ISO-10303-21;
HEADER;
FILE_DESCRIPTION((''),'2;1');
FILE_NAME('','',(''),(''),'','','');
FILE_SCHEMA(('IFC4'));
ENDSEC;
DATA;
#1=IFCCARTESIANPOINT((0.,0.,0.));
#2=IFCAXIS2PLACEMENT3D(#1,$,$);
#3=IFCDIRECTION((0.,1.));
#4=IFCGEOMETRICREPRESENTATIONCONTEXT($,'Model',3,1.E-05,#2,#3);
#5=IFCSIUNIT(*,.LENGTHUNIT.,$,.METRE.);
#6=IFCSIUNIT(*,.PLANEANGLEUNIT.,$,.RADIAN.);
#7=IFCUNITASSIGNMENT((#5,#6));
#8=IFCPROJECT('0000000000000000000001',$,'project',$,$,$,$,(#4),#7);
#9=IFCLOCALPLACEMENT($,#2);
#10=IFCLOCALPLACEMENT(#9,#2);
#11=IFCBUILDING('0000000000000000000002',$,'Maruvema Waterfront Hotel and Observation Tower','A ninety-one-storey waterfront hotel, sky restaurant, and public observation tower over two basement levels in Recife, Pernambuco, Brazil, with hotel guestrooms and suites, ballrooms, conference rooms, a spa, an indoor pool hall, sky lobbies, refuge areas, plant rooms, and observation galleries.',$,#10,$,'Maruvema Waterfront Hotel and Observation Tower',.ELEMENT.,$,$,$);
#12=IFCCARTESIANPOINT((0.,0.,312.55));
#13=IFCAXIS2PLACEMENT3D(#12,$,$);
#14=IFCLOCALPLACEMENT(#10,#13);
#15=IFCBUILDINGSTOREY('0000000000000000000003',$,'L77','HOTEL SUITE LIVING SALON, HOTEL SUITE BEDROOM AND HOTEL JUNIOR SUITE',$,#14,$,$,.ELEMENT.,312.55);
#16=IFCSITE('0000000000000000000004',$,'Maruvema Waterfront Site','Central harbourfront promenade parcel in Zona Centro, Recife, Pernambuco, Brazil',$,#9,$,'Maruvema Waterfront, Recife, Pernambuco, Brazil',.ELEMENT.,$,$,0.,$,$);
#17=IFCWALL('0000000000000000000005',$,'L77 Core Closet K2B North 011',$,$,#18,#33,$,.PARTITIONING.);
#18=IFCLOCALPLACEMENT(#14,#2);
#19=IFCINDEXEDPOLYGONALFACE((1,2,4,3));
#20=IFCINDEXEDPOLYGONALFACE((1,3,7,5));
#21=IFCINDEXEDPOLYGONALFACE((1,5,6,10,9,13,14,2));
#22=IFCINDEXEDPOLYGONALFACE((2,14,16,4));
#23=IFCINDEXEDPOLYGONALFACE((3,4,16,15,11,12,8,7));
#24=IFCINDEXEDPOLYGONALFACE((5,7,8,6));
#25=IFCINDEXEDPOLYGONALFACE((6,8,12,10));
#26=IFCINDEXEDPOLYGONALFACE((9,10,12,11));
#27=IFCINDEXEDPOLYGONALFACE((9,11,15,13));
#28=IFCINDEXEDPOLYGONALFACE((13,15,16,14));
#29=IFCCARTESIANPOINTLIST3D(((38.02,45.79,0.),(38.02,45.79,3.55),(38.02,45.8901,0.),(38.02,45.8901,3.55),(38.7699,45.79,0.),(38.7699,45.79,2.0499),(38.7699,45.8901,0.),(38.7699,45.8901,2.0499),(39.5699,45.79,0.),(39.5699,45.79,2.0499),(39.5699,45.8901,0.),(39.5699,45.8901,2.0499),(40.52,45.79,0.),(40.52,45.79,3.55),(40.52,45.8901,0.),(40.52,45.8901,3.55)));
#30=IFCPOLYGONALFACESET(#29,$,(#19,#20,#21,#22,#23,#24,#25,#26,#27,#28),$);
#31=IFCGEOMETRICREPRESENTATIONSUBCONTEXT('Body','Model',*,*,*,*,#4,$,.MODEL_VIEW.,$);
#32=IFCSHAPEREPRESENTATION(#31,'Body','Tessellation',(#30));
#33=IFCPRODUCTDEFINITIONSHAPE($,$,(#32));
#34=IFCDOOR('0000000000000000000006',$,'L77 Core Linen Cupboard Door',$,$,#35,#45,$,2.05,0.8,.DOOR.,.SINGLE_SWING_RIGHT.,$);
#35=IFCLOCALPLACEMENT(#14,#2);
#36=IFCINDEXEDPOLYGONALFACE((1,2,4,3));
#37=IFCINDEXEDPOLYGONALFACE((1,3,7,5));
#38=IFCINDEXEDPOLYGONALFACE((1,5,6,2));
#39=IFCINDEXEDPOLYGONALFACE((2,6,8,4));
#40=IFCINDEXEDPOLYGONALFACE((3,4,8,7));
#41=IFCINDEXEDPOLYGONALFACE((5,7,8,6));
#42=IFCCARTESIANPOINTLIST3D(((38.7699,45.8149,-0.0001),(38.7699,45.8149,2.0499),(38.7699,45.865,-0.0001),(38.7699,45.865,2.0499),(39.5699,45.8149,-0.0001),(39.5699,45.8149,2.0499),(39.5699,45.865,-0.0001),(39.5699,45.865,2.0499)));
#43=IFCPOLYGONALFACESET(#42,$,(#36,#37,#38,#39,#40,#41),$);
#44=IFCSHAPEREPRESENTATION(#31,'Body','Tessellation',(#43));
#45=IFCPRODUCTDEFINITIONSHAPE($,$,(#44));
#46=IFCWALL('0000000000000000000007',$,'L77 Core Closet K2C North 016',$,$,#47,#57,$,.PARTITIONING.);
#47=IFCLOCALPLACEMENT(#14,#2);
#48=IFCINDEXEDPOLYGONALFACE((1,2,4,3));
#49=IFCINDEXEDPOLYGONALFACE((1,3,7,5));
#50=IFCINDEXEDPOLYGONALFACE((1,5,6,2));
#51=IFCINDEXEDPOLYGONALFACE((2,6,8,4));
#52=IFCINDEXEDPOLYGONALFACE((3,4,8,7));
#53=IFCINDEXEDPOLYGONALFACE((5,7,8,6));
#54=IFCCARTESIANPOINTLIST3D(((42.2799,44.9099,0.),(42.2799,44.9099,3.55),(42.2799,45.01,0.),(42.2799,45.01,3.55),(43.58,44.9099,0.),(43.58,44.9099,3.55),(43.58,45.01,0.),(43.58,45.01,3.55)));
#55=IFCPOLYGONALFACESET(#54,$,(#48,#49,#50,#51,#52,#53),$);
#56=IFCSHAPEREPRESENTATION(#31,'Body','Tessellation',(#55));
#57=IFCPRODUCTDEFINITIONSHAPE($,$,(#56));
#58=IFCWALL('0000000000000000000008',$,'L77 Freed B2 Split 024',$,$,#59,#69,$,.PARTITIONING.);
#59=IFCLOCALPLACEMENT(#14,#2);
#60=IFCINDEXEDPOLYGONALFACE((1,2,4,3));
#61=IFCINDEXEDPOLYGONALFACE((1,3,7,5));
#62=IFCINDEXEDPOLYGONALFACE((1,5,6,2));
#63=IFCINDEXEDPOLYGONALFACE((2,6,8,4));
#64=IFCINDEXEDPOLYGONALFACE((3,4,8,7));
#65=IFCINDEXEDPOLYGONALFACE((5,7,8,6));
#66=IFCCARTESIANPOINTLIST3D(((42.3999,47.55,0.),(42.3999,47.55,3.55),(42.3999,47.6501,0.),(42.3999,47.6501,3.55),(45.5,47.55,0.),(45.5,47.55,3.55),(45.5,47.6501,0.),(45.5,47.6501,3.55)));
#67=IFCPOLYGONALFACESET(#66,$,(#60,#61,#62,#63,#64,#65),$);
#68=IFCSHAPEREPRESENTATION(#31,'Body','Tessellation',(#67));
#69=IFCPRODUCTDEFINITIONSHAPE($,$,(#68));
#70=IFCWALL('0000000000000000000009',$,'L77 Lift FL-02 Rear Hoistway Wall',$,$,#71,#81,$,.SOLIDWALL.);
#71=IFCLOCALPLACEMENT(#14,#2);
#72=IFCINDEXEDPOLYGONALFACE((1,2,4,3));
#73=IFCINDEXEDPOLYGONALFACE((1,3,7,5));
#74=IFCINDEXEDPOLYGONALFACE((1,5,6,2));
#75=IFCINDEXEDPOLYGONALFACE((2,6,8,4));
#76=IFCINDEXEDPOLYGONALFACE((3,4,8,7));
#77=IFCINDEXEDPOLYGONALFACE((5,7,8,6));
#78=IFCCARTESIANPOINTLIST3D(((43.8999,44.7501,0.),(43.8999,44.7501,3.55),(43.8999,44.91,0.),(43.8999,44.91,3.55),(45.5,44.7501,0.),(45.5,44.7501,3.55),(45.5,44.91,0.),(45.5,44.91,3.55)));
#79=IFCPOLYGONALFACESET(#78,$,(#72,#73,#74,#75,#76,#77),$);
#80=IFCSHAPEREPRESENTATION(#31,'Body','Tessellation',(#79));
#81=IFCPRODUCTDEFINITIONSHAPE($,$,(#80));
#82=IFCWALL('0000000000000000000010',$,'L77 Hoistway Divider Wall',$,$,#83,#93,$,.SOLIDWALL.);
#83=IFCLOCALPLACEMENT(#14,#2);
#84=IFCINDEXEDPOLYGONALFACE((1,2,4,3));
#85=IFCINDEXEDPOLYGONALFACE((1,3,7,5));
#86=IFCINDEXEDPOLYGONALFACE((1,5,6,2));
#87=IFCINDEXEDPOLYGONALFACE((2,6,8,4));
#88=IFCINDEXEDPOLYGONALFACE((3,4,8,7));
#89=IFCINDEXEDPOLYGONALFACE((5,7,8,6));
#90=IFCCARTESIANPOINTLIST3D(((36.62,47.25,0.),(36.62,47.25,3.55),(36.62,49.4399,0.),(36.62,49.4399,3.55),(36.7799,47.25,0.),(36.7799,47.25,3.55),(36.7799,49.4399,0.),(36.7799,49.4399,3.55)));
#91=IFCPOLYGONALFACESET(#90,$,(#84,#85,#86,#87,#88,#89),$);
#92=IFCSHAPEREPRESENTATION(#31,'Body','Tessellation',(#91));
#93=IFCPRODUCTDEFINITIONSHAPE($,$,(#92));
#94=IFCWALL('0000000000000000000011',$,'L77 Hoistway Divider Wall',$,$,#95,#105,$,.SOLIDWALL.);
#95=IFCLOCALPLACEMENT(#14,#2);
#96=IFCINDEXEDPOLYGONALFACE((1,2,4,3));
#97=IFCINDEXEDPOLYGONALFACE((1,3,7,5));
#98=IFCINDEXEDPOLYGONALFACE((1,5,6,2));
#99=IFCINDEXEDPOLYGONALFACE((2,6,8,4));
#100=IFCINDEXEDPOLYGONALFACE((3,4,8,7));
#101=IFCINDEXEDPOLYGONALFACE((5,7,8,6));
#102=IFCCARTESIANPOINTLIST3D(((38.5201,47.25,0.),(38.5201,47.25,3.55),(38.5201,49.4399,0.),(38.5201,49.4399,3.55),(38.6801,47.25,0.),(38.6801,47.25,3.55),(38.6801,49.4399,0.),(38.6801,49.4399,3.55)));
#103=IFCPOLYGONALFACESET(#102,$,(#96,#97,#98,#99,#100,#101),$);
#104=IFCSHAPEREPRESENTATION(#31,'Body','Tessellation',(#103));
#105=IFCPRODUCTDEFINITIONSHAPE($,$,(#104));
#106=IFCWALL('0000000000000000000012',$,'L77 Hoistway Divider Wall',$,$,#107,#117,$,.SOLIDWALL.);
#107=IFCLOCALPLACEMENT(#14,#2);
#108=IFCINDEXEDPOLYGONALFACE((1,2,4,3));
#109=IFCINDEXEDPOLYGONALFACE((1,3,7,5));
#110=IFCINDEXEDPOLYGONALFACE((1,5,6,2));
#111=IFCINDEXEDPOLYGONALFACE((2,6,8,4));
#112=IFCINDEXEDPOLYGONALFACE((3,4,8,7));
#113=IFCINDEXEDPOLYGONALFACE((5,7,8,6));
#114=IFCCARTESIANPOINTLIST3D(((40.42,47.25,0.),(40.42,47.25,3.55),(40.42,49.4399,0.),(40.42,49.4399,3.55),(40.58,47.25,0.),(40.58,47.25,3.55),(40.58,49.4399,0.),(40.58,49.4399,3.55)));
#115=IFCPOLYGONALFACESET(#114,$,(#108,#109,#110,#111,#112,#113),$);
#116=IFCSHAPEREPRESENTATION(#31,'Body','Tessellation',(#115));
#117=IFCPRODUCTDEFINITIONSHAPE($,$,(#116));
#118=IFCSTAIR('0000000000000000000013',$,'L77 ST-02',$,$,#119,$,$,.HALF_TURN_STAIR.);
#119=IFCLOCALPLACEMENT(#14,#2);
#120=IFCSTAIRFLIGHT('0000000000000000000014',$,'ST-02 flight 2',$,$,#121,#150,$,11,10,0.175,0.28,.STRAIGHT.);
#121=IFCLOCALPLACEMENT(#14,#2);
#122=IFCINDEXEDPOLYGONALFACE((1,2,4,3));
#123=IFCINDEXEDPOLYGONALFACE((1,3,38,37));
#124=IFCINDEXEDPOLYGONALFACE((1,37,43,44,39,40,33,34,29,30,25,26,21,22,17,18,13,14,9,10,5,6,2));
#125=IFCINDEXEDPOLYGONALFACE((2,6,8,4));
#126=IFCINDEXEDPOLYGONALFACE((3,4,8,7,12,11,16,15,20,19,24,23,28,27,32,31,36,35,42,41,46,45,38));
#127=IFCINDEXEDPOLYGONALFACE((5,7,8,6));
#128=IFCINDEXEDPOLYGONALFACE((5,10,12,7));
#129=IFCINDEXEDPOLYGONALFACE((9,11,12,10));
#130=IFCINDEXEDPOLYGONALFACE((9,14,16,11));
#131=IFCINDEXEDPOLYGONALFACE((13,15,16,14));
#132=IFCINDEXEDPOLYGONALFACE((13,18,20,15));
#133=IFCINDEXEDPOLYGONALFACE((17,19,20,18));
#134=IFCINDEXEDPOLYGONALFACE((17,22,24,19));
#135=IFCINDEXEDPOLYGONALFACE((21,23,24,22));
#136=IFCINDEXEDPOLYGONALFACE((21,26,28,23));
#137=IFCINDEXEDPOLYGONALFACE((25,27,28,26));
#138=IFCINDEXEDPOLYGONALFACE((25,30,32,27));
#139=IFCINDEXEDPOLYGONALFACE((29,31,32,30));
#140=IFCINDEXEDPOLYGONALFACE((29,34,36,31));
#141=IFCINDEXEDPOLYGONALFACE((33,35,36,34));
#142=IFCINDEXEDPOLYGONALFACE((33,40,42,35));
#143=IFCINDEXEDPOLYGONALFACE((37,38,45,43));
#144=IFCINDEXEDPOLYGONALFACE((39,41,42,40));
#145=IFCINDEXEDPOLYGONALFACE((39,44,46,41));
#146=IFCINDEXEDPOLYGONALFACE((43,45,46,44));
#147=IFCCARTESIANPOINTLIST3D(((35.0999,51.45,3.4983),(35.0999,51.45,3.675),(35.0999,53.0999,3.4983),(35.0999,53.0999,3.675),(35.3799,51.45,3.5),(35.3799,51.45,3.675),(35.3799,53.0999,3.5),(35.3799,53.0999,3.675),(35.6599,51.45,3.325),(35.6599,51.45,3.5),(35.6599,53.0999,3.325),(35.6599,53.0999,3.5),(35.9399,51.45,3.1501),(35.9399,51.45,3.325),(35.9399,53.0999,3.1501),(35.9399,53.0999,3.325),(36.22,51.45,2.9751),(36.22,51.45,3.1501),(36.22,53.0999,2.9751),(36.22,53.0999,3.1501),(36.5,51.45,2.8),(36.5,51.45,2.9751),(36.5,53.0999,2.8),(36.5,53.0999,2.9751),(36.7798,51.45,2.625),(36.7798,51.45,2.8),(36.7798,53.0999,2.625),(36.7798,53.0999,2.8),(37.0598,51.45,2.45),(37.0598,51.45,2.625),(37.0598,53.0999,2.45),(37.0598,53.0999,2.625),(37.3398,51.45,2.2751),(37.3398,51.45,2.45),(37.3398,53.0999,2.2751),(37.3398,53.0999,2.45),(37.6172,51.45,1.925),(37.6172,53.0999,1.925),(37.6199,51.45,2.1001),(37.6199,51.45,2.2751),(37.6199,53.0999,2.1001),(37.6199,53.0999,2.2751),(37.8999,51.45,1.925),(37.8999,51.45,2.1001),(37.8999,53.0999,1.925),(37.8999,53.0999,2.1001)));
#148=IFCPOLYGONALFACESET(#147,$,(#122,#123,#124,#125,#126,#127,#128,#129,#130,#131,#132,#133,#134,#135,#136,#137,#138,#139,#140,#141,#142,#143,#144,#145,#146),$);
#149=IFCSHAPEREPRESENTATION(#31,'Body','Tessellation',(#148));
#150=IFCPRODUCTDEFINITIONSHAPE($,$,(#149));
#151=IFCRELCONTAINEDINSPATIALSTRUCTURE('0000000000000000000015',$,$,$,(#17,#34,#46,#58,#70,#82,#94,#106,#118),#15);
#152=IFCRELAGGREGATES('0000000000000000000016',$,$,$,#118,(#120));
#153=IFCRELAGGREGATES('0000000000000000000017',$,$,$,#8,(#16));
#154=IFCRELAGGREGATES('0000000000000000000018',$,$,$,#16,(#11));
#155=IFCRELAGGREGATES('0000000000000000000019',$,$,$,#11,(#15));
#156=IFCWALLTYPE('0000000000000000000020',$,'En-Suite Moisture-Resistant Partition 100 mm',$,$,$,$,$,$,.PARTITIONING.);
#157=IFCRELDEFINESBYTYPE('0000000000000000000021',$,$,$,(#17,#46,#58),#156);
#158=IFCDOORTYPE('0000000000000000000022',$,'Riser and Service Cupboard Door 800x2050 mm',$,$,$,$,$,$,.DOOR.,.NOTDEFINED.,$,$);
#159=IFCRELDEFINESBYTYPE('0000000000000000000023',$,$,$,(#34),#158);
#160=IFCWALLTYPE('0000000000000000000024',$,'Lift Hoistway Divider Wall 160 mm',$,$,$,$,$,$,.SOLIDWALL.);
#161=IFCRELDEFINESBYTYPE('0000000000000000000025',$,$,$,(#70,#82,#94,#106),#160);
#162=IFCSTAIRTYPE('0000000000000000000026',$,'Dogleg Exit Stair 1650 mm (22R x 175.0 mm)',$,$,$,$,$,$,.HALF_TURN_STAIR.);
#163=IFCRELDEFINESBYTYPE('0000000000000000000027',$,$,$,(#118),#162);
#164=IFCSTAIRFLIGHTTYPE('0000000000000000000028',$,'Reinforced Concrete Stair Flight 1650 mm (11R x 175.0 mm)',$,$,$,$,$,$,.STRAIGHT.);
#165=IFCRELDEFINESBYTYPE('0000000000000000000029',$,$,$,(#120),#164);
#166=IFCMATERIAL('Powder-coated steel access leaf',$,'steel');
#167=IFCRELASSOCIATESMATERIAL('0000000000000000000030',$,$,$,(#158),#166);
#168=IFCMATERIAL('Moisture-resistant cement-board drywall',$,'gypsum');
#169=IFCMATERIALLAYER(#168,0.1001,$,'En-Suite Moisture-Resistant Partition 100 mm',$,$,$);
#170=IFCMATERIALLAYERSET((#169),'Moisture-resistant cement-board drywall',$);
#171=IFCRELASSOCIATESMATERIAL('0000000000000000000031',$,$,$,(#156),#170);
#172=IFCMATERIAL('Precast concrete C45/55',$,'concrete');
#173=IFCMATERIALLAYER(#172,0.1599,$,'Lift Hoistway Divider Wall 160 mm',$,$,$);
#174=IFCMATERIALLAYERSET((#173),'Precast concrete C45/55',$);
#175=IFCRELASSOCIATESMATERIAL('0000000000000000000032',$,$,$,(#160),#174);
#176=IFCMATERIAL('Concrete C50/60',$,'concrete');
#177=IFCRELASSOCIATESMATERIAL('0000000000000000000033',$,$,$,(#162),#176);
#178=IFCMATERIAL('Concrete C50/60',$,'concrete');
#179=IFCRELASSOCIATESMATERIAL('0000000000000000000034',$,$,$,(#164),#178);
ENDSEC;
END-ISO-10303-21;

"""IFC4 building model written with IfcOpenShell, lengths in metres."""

from ifc_helpers import new_model, si_unit, direction, frame, frame_2d, origin, place, context, subcontext, project, spatial, polyline, rectangle, outline, extrude, material, layer, layer_set, type_object, element, fill, aggregate, save


model = new_model("IFC4")

# Units and contexts
model_context = context("Model", 3, precision=1e-05, world=origin(), true_north=direction((0.0, 1.0)))
body_context = subcontext(model_context, "Body", "Model", "MODEL_VIEW")
ifc_project = project(units=[si_unit("LENGTHUNIT", "METRE"), si_unit("PLANEANGLEUNIT", "RADIAN")], contexts=[model_context])

# Site, building, storey
site_placement = place(None, origin())
site = spatial("IfcSite", under=ifc_project, at=site_placement, Name="Maruvema Waterfront Site", Description="Central harbourfront promenade parcel in Zona Centro, Recife, Pernambuco, Brazil", LongName="Maruvema Waterfront, Recife, Pernambuco, Brazil", CompositionType="ELEMENT", RefElevation=0.0)
building_placement = place(site_placement, origin())
building = spatial("IfcBuilding", under=site, at=building_placement, Name="Maruvema Waterfront Hotel and Observation Tower", Description="A ninety-one-storey waterfront hotel, sky restaurant, and public observation tower over two basement levels in Recife, Pernambuco, Brazil, with hotel guestrooms and suites, ballrooms, conference rooms, a spa, an indoor pool hall, sky lobbies, refuge areas, plant rooms, and observation galleries.", LongName="Maruvema Waterfront Hotel and Observation Tower", CompositionType="ELEMENT")
storey_placement = place(building_placement, frame((0.0, 0.0, 312.55)))
storey = spatial("IfcBuildingStorey", under=building, at=storey_placement, Name="L77", Description="HOTEL SUITE LIVING SALON, HOTEL SUITE BEDROOM AND HOTEL JUNIOR SUITE", CompositionType="ELEMENT", Elevation=312.55)

# Shared definitions
ifc_material_1 = material(Name="Powder-coated steel access leaf", Category="steel")
door_type = type_object("IfcDoorType", Name="Riser and Service Cupboard Door 800x2050 mm", OperationType="NOTDEFINED", PredefinedType="DOOR", material=ifc_material_1)

# Wall, opening, door
ifc_material_2 = material(Name="Moisture-resistant cement-board drywall", Category="gypsum")
ifc_layer_1 = layer(ifc_material_2, 0.1001, Name="En-Suite Moisture-Resistant Partition 100 mm")
ifc_layer_set_1 = layer_set([ifc_layer_1], Name="Moisture-resistant cement-board drywall")
wall_type_1 = type_object("IfcWallType", Name="En-Suite Moisture-Resistant Partition 100 mm", PredefinedType="PARTITIONING", material=ifc_layer_set_1)
wall_1_placement = place(storey_placement, frame((38.02, 45.8401, 0.0), z_axis=(0.0, 0.0, 1.0), x_axis=(1.0, 0.0, 0.0)))
wall_1 = element("IfcWall", 1, at=wall_1_placement, inside=storey, type_object=wall_type_1, Name="L77 Core Closet K2B North 011", PredefinedType="PARTITIONING", context=body_context, shape_type="SweptSolid", body=[
    extrude(rectangle(XDim=2.5, YDim=0.1001, at=frame_2d((1.25, 0.0))), origin(), (0.0, 0.0, 1.0), 3.55),
])
opening_1_placement = place(wall_1_placement, frame((0.75, 0.0, 0.0)))
opening_1 = element("IfcOpeningElement", 2, at=opening_1_placement, cuts=wall_1, PredefinedType="OPENING", context=body_context, shape_type="SweptSolid", body=[
    extrude(rectangle(XDim=0.8, YDim=2.05, at=frame_2d((0.3999, 1.0249))), frame((0.0, 0.0601, 0.0), z_axis=(0.0, -1.0, 0.0), x_axis=(1.0, 0.0, 0.0)), (0.0, 0.0, 1.0), 0.1201),
])
door_1_placement = place(opening_1_placement, origin())
door_1 = element("IfcDoor", 3, at=door_1_placement, inside=storey, type_object=door_type, Name="L77 Core Linen Cupboard Door", OperationType="SINGLE_SWING_RIGHT", OverallHeight=2.05, OverallWidth=0.8, PredefinedType="DOOR", context=body_context, shape_type="SweptSolid", body=[
    extrude(rectangle(XDim=0.8, YDim=2.05, at=frame_2d((0.3999, 1.0249))), frame((0.0, 0.0249, 0.0), z_axis=(0.0, -1.0, 0.0), x_axis=(1.0, 0.0, 0.0)), (0.0, 0.0, 1.0), 0.05),
])
fill(opening_1, door_1)

# Walls
wall_2_placement = place(storey_placement, frame((42.28, 44.96, 0.0), z_axis=(0.0, 0.0, 1.0), x_axis=(1.0, 0.0, 0.0)))
element("IfcWall", 4, at=wall_2_placement, inside=storey, type_object=wall_type_1, Name="L77 Core Closet K2C North 016", PredefinedType="PARTITIONING", context=body_context, shape_type="SweptSolid", body=[
    extrude(rectangle(XDim=1.3, YDim=0.1001, at=frame_2d((0.6499, 0.0))), origin(), (0.0, 0.0, 1.0), 3.55),
])
wall_3_placement = place(storey_placement, frame((42.3999, 47.6001, 0.0), z_axis=(0.0, 0.0, 1.0), x_axis=(1.0, 0.0, 0.0)))
element("IfcWall", 5, at=wall_3_placement, inside=storey, type_object=wall_type_1, Name="L77 Freed B2 Split 024", PredefinedType="PARTITIONING", context=body_context, shape_type="SweptSolid", body=[
    extrude(rectangle(XDim=3.1001, YDim=0.1001, at=frame_2d((1.55, 0.0))), origin(), (0.0, 0.0, 1.0), 3.55),
])
ifc_material_3 = material(Name="Precast concrete C45/55", Category="concrete")
ifc_layer_2 = layer(ifc_material_3, 0.1599, Name="Lift Hoistway Divider Wall 160 mm")
ifc_layer_set_2 = layer_set([ifc_layer_2], Name="Precast concrete C45/55")
wall_type_2 = type_object("IfcWallType", Name="Lift Hoistway Divider Wall 160 mm", PredefinedType="SOLIDWALL", material=ifc_layer_set_2)
wall_4_placement = place(storey_placement, frame((43.8999, 44.8301, 0.0), z_axis=(0.0, 0.0, 1.0), x_axis=(1.0, 0.0, 0.0)))
element("IfcWall", 6, at=wall_4_placement, inside=storey, type_object=wall_type_2, Name="L77 Lift FL-02 Rear Hoistway Wall", PredefinedType="SOLIDWALL", context=body_context, shape_type="SweptSolid", body=[
    extrude(rectangle(XDim=1.6001, YDim=0.1599, at=frame_2d((0.8, 0.0))), origin(), (0.0, 0.0, 1.0), 3.55),
])
for number, where, z_axis, x_axis, name in (
    (7, (36.7, 47.25, 0.0), (0.0, 0.0, 1.0), (0.0, 1.0, 0.0), "L77 Hoistway Divider Wall"),
    (8, (38.6001, 47.25, 0.0), (0.0, 0.0, 1.0), (0.0, 1.0, 0.0), "L77 Hoistway Divider Wall"),
    (9, (40.5, 47.25, 0.0), (0.0, 0.0, 1.0), (0.0, 1.0, 0.0), "L77 Hoistway Divider Wall"),
):
    element("IfcWall", number, at=place(storey_placement, frame(where, z_axis=z_axis, x_axis=x_axis)), inside=storey, type_object=wall_type_2, Name=name, PredefinedType="SOLIDWALL", context=body_context, shape_type="SweptSolid", body=[
        extrude(rectangle(XDim=2.1899, YDim=0.1599, at=frame_2d((1.095, 0.0))), origin(), (0.0, 0.0, 1.0), 3.55),
    ])

# Stair, stair flight
ifc_material_4 = material(Name="Concrete C50/60", Category="concrete")
stair_type = type_object("IfcStairType", Name="Dogleg Exit Stair 1650 mm (22R x 175.0 mm)", PredefinedType="HALF_TURN_STAIR", material=ifc_material_4)
stair_placement = place(storey_placement, origin())
stair = element("IfcStair", 10, at=stair_placement, inside=storey, type_object=stair_type, Name="L77 ST-02", PredefinedType="HALF_TURN_STAIR")
ifc_material_5 = material(Name="Concrete C50/60", Category="concrete")
stair_flight_type = type_object("IfcStairFlightType", Name="Reinforced Concrete Stair Flight 1650 mm (11R x 175.0 mm)", PredefinedType="STRAIGHT", material=ifc_material_5)
stair_flight_placement = place(storey_placement, frame((37.8999, 52.2749, 1.925), z_axis=(0.0, 0.0, 1.0), x_axis=(-1.0, 0.0, 0.0)))
stair_flight = element("IfcStairFlight", 11, at=stair_flight_placement, type_object=stair_flight_type, Name="ST-02 flight 2", NumberOfRisers=11, NumberOfTreads=10, PredefinedType="STRAIGHT", RiserHeight=0.175, TreadLength=0.28, context=body_context, shape_type="SweptSolid", body=[
    extrude(outline(polyline([(0.0, 0.0), (0.0, 0.175), (0.28, 0.175), (0.28, 0.3501), (0.5601, 0.3501), (0.5601, 0.5249), (0.8401, 0.5249), (0.8401, 0.7), (1.1201, 0.7), (1.1201, 0.875), (1.3999, 0.875), (1.3999, 1.05), (1.6799, 1.05), (1.6799, 1.2251), (1.96, 1.2251), (1.96, 1.3999), (2.24, 1.3999), (2.24, 1.575), (2.52, 1.575), (2.52, 1.75), (2.8, 1.75), (2.8, 1.925), (2.8, 1.5732), (0.2827, 0.0), (0.0, 0.0)])), frame((0.0, 0.825, 0.0), z_axis=(0.0, -1.0, 0.0), x_axis=(1.0, 0.0, 0.0)), (0.0, 0.0, 1.0), 1.6499),
])
aggregate(stair, [stair_flight])

save(model, "model.ifc")
